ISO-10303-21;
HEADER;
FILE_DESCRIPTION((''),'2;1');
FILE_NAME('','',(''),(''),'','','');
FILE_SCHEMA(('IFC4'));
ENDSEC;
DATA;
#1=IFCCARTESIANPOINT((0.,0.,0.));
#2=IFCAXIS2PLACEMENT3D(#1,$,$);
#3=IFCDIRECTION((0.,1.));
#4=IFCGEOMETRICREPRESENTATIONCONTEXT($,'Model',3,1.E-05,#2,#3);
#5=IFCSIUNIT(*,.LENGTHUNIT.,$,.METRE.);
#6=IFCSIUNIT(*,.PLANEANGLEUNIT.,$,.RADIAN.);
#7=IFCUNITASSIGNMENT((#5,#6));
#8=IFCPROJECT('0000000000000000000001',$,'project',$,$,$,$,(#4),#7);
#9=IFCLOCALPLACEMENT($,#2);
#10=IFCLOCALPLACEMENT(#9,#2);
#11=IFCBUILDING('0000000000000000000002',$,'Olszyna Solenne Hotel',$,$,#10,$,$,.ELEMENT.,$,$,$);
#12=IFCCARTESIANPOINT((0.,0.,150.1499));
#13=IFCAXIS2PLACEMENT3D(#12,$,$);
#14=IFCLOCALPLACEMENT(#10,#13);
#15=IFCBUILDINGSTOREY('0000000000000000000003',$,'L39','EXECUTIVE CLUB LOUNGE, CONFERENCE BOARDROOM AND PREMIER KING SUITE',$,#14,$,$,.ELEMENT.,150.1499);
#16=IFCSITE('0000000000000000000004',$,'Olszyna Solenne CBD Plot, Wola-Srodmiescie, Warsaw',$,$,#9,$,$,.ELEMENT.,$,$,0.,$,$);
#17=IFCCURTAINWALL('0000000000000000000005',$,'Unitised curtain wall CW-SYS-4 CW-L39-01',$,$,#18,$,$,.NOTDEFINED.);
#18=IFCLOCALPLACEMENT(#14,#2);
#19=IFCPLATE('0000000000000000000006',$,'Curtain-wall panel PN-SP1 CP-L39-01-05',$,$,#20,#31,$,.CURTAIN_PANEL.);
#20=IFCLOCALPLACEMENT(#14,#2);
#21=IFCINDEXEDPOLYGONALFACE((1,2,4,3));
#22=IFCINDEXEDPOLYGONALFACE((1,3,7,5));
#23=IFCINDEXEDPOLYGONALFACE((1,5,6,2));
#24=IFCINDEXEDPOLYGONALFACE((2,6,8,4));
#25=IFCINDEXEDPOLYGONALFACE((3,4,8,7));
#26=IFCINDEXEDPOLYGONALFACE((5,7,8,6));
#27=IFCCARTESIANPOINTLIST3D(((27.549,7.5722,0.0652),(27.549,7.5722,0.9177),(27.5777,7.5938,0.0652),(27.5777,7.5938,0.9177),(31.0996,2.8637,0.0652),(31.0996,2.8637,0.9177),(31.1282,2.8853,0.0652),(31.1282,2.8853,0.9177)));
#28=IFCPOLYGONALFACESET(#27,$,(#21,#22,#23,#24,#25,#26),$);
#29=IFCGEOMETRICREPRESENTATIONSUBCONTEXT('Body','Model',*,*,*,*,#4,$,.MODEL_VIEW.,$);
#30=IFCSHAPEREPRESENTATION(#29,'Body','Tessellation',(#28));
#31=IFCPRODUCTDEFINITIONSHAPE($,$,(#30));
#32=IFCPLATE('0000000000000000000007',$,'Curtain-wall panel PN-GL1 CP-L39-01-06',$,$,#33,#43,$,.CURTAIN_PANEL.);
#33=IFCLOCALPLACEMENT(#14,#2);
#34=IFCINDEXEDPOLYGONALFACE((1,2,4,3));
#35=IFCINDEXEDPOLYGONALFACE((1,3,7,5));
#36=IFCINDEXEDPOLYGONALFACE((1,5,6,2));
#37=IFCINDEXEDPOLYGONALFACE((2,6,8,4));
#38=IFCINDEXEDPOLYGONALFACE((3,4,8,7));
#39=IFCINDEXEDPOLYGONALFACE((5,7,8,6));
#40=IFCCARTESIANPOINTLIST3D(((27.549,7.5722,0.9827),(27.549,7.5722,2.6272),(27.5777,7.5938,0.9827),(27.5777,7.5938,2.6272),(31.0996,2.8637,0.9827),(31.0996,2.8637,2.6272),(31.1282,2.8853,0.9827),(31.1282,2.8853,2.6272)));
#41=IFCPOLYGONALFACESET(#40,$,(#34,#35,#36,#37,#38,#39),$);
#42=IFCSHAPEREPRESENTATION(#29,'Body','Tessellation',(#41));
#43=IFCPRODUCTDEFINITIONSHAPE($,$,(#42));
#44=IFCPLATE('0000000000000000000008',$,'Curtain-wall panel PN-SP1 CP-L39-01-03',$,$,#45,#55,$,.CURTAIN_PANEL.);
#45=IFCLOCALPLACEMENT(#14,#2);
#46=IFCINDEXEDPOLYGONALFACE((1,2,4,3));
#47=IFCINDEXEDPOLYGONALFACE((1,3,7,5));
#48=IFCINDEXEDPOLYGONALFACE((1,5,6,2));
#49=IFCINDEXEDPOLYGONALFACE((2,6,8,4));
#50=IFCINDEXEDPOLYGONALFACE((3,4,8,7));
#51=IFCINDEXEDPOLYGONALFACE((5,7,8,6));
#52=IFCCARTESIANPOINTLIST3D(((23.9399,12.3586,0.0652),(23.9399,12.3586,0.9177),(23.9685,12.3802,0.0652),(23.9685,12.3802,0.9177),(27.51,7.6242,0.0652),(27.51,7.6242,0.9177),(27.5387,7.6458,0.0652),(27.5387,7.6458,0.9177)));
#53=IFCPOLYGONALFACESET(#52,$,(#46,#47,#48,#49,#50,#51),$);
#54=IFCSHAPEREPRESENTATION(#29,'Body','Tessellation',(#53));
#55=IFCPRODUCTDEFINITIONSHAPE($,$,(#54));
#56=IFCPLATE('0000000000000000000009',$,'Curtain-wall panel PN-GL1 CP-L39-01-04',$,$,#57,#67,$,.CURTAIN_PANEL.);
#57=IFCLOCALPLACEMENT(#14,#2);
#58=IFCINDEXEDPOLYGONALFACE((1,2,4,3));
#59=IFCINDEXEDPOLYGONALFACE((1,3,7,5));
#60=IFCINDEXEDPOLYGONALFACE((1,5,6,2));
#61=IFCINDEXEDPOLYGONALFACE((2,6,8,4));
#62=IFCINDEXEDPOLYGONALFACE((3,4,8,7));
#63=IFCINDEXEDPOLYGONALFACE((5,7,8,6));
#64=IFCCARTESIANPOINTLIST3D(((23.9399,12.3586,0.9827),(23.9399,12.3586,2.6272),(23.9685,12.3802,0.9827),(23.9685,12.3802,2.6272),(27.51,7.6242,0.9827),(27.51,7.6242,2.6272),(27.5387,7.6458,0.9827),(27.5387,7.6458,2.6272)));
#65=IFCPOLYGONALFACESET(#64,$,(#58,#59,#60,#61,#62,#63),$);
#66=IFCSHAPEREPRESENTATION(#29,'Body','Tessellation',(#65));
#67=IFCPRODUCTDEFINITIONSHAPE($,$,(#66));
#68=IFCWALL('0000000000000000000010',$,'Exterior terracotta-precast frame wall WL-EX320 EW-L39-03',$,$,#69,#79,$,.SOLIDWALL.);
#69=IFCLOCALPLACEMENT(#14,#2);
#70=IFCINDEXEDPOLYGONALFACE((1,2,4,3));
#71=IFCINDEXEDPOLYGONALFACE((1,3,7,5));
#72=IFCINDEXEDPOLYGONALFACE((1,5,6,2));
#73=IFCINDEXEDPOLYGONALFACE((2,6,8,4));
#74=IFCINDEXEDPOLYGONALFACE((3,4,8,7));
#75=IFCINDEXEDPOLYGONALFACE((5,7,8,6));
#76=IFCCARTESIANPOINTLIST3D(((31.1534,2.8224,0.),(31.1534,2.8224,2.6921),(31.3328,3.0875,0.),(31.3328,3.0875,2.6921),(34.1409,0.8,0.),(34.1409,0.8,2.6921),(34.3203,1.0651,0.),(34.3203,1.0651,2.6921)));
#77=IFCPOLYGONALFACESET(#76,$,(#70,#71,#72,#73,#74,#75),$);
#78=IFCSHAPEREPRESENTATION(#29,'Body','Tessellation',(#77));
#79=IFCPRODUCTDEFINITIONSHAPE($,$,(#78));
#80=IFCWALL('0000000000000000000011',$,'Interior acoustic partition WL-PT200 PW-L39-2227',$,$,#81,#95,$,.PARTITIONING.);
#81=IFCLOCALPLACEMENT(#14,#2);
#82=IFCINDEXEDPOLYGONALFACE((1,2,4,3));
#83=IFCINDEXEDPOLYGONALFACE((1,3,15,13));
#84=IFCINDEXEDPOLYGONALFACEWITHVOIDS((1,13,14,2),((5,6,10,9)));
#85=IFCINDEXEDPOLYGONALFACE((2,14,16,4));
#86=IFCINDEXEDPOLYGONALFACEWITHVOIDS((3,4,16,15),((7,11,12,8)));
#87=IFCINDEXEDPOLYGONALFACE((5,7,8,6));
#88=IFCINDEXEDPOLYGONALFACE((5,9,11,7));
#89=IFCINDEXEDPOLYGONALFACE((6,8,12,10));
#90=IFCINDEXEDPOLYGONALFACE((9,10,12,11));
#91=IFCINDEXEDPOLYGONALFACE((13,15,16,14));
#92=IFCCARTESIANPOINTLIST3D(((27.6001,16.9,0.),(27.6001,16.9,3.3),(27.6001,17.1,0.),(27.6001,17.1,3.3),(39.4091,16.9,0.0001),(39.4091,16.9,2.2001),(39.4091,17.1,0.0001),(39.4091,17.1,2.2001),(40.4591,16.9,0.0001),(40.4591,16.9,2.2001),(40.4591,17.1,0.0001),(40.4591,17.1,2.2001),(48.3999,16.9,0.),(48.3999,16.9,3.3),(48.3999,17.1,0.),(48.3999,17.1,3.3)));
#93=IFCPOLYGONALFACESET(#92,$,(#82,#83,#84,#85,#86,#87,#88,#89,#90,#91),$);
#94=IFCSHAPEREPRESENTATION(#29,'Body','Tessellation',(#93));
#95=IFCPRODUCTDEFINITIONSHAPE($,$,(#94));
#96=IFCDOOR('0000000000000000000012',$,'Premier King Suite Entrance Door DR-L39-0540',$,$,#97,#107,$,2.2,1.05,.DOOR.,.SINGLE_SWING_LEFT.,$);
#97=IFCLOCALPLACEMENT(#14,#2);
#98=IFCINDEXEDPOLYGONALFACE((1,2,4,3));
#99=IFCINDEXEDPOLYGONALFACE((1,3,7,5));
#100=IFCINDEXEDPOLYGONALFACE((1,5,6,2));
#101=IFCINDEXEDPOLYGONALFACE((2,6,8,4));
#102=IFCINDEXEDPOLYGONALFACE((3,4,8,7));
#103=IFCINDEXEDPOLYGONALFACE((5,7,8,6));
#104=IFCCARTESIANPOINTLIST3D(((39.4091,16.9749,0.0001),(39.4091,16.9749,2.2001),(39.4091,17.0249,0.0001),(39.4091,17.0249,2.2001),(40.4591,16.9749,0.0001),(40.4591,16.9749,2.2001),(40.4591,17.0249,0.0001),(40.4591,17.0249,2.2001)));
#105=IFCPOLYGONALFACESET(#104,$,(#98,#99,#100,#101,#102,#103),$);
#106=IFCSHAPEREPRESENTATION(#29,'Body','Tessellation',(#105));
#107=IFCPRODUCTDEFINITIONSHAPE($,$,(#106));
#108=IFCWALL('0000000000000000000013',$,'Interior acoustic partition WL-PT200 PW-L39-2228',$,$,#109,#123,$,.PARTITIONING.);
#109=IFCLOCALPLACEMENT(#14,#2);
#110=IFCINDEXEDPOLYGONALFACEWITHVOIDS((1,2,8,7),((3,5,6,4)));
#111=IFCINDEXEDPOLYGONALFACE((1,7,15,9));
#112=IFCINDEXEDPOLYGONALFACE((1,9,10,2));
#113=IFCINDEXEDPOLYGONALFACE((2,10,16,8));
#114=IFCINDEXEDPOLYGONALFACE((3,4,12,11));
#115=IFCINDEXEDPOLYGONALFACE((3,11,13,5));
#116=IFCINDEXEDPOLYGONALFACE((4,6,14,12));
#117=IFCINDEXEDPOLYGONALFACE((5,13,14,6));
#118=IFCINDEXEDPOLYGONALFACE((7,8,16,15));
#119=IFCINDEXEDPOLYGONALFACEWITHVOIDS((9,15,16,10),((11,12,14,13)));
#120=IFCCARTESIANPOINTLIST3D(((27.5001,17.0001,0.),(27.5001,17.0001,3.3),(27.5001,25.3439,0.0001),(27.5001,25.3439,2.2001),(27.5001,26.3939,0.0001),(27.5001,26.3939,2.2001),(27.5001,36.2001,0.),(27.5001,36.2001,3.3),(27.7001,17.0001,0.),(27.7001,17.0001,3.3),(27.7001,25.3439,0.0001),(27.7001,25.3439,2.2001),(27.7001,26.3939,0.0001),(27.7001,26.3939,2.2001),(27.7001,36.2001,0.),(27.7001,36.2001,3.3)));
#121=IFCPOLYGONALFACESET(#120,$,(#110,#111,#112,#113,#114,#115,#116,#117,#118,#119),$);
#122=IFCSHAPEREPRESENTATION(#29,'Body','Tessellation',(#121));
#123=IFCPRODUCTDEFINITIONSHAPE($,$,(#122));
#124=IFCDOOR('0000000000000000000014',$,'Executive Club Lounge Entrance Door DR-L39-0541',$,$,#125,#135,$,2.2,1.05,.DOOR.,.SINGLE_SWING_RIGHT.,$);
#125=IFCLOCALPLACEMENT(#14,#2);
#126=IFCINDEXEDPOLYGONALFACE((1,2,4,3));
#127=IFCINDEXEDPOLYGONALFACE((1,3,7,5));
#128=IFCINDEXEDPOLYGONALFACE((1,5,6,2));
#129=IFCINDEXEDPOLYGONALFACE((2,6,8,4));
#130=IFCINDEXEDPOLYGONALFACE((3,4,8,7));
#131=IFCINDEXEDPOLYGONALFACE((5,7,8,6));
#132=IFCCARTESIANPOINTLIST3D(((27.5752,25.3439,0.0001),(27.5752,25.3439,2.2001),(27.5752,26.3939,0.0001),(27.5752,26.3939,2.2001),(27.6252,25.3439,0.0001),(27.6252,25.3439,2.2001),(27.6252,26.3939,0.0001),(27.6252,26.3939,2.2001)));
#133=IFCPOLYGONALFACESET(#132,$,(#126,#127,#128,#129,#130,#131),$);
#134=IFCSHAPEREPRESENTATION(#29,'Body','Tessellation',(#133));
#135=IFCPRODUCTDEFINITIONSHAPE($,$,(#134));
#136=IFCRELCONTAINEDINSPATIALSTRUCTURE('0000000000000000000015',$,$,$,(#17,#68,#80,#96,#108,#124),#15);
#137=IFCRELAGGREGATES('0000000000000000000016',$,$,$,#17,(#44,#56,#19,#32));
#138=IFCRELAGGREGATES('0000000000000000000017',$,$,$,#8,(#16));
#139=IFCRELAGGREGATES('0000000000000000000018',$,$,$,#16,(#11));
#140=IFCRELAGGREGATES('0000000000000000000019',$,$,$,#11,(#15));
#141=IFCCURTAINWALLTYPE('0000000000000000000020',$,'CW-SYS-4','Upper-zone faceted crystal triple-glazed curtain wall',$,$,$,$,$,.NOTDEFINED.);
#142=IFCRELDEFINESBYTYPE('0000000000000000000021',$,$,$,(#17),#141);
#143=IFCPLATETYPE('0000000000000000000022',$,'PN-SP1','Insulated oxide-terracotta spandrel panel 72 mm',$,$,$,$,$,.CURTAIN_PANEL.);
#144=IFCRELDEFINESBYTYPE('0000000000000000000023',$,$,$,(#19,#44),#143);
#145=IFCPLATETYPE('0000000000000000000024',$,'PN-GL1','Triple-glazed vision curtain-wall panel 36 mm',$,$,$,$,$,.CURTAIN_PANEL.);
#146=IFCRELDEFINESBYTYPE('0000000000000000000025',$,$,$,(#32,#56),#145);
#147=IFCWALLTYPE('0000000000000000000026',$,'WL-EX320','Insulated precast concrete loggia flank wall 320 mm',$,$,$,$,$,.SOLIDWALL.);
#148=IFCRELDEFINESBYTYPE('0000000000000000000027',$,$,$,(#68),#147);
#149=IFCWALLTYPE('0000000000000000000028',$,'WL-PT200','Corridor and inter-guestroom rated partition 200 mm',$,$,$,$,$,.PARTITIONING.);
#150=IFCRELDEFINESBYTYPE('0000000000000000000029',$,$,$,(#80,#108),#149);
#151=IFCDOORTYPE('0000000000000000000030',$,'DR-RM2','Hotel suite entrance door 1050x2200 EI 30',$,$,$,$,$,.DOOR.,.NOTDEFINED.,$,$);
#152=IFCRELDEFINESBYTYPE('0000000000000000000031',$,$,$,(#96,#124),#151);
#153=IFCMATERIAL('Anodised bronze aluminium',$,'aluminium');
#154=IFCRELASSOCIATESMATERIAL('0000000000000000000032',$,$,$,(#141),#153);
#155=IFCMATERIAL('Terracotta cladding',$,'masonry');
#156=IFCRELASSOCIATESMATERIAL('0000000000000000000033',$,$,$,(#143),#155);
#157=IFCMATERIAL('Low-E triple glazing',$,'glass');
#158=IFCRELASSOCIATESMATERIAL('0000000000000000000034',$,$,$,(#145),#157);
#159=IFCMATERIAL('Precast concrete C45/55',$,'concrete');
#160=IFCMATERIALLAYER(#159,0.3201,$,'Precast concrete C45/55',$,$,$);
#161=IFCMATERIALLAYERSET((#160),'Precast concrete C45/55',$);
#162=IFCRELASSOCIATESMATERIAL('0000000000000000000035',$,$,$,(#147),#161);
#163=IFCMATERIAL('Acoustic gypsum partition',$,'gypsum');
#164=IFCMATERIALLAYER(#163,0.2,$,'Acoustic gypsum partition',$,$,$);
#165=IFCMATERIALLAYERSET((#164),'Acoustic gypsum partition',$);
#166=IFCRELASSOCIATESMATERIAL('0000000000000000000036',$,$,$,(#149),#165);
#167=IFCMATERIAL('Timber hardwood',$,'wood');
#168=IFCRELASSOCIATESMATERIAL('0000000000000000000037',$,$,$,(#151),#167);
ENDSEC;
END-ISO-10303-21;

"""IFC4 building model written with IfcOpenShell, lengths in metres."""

from ifc_helpers import new_model, si_unit, direction, frame, frame_2d, origin, origin_2d, place, context, subcontext, project, spatial, rectangle, extrude, source, transform, mapped, material, layer, layer_set, type_object, type_shapes, element, fill, aggregate, save


model = new_model("IFC4")

# Units and contexts
model_context = context("Model", 3, precision=1e-05, world=origin(), true_north=direction((0.0, 1.0)))
body_context = subcontext(model_context, "Body", "Model", "MODEL_VIEW")
ifc_project = project(units=[si_unit("LENGTHUNIT", "METRE"), si_unit("PLANEANGLEUNIT", "RADIAN")], contexts=[model_context])

# Site, building, storey
site_placement = place(None, origin())
site = spatial("IfcSite", under=ifc_project, at=site_placement, Name="Olszyna Solenne CBD Plot, Wola-Srodmiescie, Warsaw", CompositionType="ELEMENT", RefElevation=0.0)
building_placement = place(site_placement, origin())
building = spatial("IfcBuilding", under=site, at=building_placement, Name="Olszyna Solenne Hotel", CompositionType="ELEMENT")
storey_placement = place(building_placement, frame((0.0, 0.0, 150.1499)))
storey = spatial("IfcBuildingStorey", under=building, at=storey_placement, Name="L39", Description="EXECUTIVE CLUB LOUNGE, CONFERENCE BOARDROOM AND PREMIER KING SUITE", CompositionType="ELEMENT", Elevation=150.1499)

# Curtain wall
ifc_material_1 = material(Name="Anodised bronze aluminium", Category="aluminium")
curtain_wall_type = type_object("IfcCurtainWallType", Name="CW-SYS-4", Description="Upper-zone faceted crystal triple-glazed curtain wall", PredefinedType="NOTDEFINED", material=ifc_material_1)
curtain_wall_placement = place(storey_placement, origin())
curtain_wall = element("IfcCurtainWall", 1, at=curtain_wall_placement, inside=storey, type_object=curtain_wall_type, Name="Unitised curtain wall CW-SYS-4 CW-L39-01", PredefinedType="NOTDEFINED")

# Plates
ifc_material_2 = material(Name="Terracotta cladding", Category="masonry")
plate_type_1 = type_object("IfcPlateType", Name="PN-SP1", Description="Insulated oxide-terracotta spandrel panel 72 mm", PredefinedType="CURTAIN_PANEL", material=ifc_material_2)
shared_shape_1 = source(origin(), body_context, "Body", "SweptSolid", [
    extrude(rectangle(XDim=5.8972, YDim=0.0359, at=origin_2d()), origin(), (0.0, 0.0, 1.0), 0.8525),
])
plate_1_placement = place(storey_placement, frame((29.3386, 5.2288, 0.0652), z_axis=(0.0, 0.0, 1.0), x_axis=(0.60208, -0.798436, 0.0)))
plate_1 = element("IfcPlate", 2, at=plate_1_placement, type_object=plate_type_1, Name="Curtain-wall panel PN-SP1 CP-L39-01-05", PredefinedType="CURTAIN_PANEL", context=body_context, shape_type="MappedRepresentation", body=[
    mapped(shared_shape_1, transform((0.0, 0.0, 0.0), x_axis=(1.0, 0.0, 0.0), y_axis=(0.0, 1.0, 0.0), z_axis=(0.0, 0.0, 1.0), scale=1.0)),
])
ifc_material_3 = material(Name="Low-E triple glazing", Category="glass")
plate_type_2 = type_object("IfcPlateType", Name="PN-GL1", Description="Triple-glazed vision curtain-wall panel 36 mm", PredefinedType="CURTAIN_PANEL", material=ifc_material_3)
shared_shape_2 = source(origin(), body_context, "Body", "SweptSolid", [
    extrude(rectangle(XDim=5.8972, YDim=0.0359, at=origin_2d()), origin(), (0.0, 0.0, 1.0), 1.6445),
])
plate_2_placement = place(storey_placement, frame((29.3386, 5.2288, 0.9827), z_axis=(0.0, 0.0, 1.0), x_axis=(0.60208, -0.798436, 0.0)))
plate_2 = element("IfcPlate", 3, at=plate_2_placement, type_object=plate_type_2, Name="Curtain-wall panel PN-GL1 CP-L39-01-06", PredefinedType="CURTAIN_PANEL", context=body_context, shape_type="MappedRepresentation", body=[
    mapped(shared_shape_2, transform((0.0, 0.0, 0.0), x_axis=(1.0, 0.0, 0.0), y_axis=(0.0, 1.0, 0.0), z_axis=(0.0, 0.0, 1.0), scale=1.0)),
])
shared_shape_3 = source(origin(), body_context, "Body", "SweptSolid", [
    extrude(rectangle(XDim=5.9297, YDim=0.0359, at=origin_2d()), origin(), (0.0, 0.0, 1.0), 0.8525),
])
plate_3_placement = place(storey_placement, frame((25.7393, 10.0022, 0.0652), z_axis=(0.0, 0.0, 1.0), x_axis=(0.60208, -0.798436, 0.0)))
plate_3 = element("IfcPlate", 4, at=plate_3_placement, type_object=plate_type_1, Name="Curtain-wall panel PN-SP1 CP-L39-01-03", PredefinedType="CURTAIN_PANEL", context=body_context, shape_type="MappedRepresentation", body=[
    mapped(shared_shape_3, transform((0.0, 0.0, 0.0), x_axis=(1.0, 0.0, 0.0), y_axis=(0.0, 1.0, 0.0), z_axis=(0.0, 0.0, 1.0), scale=1.0)),
])
shared_shape_4 = source(origin(), body_context, "Body", "SweptSolid", [
    extrude(rectangle(XDim=5.9297, YDim=0.0359, at=origin_2d()), origin(), (0.0, 0.0, 1.0), 1.6445),
])
plate_4_placement = place(storey_placement, frame((25.7393, 10.0022, 0.9827), z_axis=(0.0, 0.0, 1.0), x_axis=(0.60208, -0.798436, 0.0)))
plate_4 = element("IfcPlate", 5, at=plate_4_placement, type_object=plate_type_2, Name="Curtain-wall panel PN-GL1 CP-L39-01-04", PredefinedType="CURTAIN_PANEL", context=body_context, shape_type="MappedRepresentation", body=[
    mapped(shared_shape_4, transform((0.0, 0.0, 0.0), x_axis=(1.0, 0.0, 0.0), y_axis=(0.0, 1.0, 0.0), z_axis=(0.0, 0.0, 1.0), scale=1.0)),
])
aggregate(curtain_wall, [plate_3, plate_4, plate_1, plate_2])

# Wall
ifc_material_4 = material(Name="Precast concrete C45/55", Category="concrete")
ifc_layer_1 = layer(ifc_material_4, 0.3201, Name="Precast concrete C45/55")
ifc_layer_set_1 = layer_set([ifc_layer_1], Name="Precast concrete C45/55")
wall_type_1 = type_object("IfcWallType", Name="WL-EX320", Description="Insulated precast concrete loggia flank wall 320 mm", PredefinedType="SOLIDWALL", material=ifc_layer_set_1)
wall_1_placement = place(storey_placement, frame((34.2305, 0.9326, 0.0), z_axis=(0.0, 0.0, 1.0), x_axis=(-0.828094, 0.560589, 0.0)))
element("IfcWall", 6, at=wall_1_placement, inside=storey, type_object=wall_type_1, Name="Exterior terracotta-precast frame wall WL-EX320 EW-L39-03", PredefinedType="SOLIDWALL", context=body_context, shape_type="SweptSolid", body=[
    extrude(rectangle(XDim=3.6077, YDim=0.3201, at=frame_2d((1.8037, 0.0))), origin(), (0.0, 0.0, 1.0), 2.6921),
])

# Walls, openings, doors
ifc_material_5 = material(Name="Acoustic gypsum partition", Category="gypsum")
ifc_layer_2 = layer(ifc_material_5, 0.2, Name="Acoustic gypsum partition")
ifc_layer_set_2 = layer_set([ifc_layer_2], Name="Acoustic gypsum partition")
wall_type_2 = type_object("IfcWallType", Name="WL-PT200", Description="Corridor and inter-guestroom rated partition 200 mm", PredefinedType="PARTITIONING", material=ifc_layer_set_2)
wall_2_placement = place(storey_placement, frame((27.6001, 17.0, 0.0), z_axis=(0.0, 0.0, 1.0), x_axis=(1.0, 0.0, 0.0)))
wall_2 = element("IfcWall", 7, at=wall_2_placement, inside=storey, type_object=wall_type_2, Name="Interior acoustic partition WL-PT200 PW-L39-2227", PredefinedType="PARTITIONING", context=body_context, shape_type="SweptSolid", body=[
    extrude(rectangle(XDim=20.7998, YDim=0.2, at=frame_2d((10.3999, 0.0))), origin(), (0.0, 0.0, 1.0), 3.3),
])
opening_1_placement = place(wall_2_placement, frame((11.8091, 0.0, 0.0)))
opening_1 = element("IfcOpeningElement", 8, at=opening_1_placement, cuts=wall_2, PredefinedType="OPENING", context=body_context, shape_type="SweptSolid", body=[
    extrude(rectangle(XDim=1.05, YDim=2.2, at=frame_2d((0.5249, 1.1001))), frame((0.0, 0.1099, 0.0), z_axis=(0.0, -1.0, 0.0), x_axis=(1.0, 0.0, 0.0)), (0.0, 0.0, 1.0), 0.22),
])
ifc_material_6 = material(Name="Timber hardwood", Category="wood")
door_type = type_object("IfcDoorType", Name="DR-RM2", Description="Hotel suite entrance door 1050x2200 EI 30", OperationType="NOTDEFINED", PredefinedType="DOOR", material=ifc_material_6)
shared_shape_5 = source(origin(), body_context, "Body", "SweptSolid", [
    extrude(rectangle(XDim=1.05, YDim=2.2, at=frame_2d((0.5249, 1.1001))), frame((0.0, 0.0249, 0.0), z_axis=(0.0, -1.0, 0.0), x_axis=(1.0, 0.0, 0.0)), (0.0, 0.0, 1.0), 0.05),
])
type_shapes(door_type, [shared_shape_5])
door_1_placement = place(opening_1_placement, origin())
door_1 = element("IfcDoor", 9, at=door_1_placement, inside=storey, type_object=door_type, Name="Premier King Suite Entrance Door DR-L39-0540", OperationType="SINGLE_SWING_LEFT", OverallHeight=2.2, OverallWidth=1.05, PredefinedType="DOOR", context=body_context, shape_type="MappedRepresentation", body=[
    mapped(shared_shape_5, transform((0.0, 0.0, 0.0), x_axis=(1.0, 0.0, 0.0), y_axis=(0.0, 1.0, 0.0), z_axis=(0.0, 0.0, 1.0), scale=1.0)),
])
fill(opening_1, door_1)
wall_3_placement = place(storey_placement, frame((27.6001, 17.0, 0.0), z_axis=(0.0, 0.0, 1.0), x_axis=(0.0, 1.0, 0.0)))
wall_3 = element("IfcWall", 10, at=wall_3_placement, inside=storey, type_object=wall_type_2, Name="Interior acoustic partition WL-PT200 PW-L39-2228", PredefinedType="PARTITIONING", context=body_context, shape_type="SweptSolid", body=[
    extrude(rectangle(XDim=19.2, YDim=0.2, at=frame_2d((9.6001, 0.0))), origin(), (0.0, 0.0, 1.0), 3.3),
])
opening_2_placement = place(wall_3_placement, frame((8.344, 0.0, 0.0)))
opening_2 = element("IfcOpeningElement", 11, at=opening_2_placement, cuts=wall_3, PredefinedType="OPENING", context=body_context, shape_type="SweptSolid", body=[
    extrude(rectangle(XDim=1.05, YDim=2.2, at=frame_2d((0.5249, 1.1001))), frame((0.0, 0.1099, 0.0), z_axis=(0.0, -1.0, 0.0), x_axis=(1.0, 0.0, 0.0)), (0.0, 0.0, 1.0), 0.22),
])
door_2_placement = place(opening_2_placement, origin())
door_2 = element("IfcDoor", 12, at=door_2_placement, inside=storey, type_object=door_type, Name="Executive Club Lounge Entrance Door DR-L39-0541", OperationType="SINGLE_SWING_RIGHT", OverallHeight=2.2, OverallWidth=1.05, PredefinedType="DOOR", context=body_context, shape_type="MappedRepresentation", body=[
    mapped(shared_shape_5, transform((0.0, 0.0, 0.0), x_axis=(1.0, 0.0, 0.0), y_axis=(0.0, 1.0, 0.0), z_axis=(0.0, 0.0, 1.0), scale=1.0)),
])
fill(opening_2, door_2)

save(model, "model.ifc")
